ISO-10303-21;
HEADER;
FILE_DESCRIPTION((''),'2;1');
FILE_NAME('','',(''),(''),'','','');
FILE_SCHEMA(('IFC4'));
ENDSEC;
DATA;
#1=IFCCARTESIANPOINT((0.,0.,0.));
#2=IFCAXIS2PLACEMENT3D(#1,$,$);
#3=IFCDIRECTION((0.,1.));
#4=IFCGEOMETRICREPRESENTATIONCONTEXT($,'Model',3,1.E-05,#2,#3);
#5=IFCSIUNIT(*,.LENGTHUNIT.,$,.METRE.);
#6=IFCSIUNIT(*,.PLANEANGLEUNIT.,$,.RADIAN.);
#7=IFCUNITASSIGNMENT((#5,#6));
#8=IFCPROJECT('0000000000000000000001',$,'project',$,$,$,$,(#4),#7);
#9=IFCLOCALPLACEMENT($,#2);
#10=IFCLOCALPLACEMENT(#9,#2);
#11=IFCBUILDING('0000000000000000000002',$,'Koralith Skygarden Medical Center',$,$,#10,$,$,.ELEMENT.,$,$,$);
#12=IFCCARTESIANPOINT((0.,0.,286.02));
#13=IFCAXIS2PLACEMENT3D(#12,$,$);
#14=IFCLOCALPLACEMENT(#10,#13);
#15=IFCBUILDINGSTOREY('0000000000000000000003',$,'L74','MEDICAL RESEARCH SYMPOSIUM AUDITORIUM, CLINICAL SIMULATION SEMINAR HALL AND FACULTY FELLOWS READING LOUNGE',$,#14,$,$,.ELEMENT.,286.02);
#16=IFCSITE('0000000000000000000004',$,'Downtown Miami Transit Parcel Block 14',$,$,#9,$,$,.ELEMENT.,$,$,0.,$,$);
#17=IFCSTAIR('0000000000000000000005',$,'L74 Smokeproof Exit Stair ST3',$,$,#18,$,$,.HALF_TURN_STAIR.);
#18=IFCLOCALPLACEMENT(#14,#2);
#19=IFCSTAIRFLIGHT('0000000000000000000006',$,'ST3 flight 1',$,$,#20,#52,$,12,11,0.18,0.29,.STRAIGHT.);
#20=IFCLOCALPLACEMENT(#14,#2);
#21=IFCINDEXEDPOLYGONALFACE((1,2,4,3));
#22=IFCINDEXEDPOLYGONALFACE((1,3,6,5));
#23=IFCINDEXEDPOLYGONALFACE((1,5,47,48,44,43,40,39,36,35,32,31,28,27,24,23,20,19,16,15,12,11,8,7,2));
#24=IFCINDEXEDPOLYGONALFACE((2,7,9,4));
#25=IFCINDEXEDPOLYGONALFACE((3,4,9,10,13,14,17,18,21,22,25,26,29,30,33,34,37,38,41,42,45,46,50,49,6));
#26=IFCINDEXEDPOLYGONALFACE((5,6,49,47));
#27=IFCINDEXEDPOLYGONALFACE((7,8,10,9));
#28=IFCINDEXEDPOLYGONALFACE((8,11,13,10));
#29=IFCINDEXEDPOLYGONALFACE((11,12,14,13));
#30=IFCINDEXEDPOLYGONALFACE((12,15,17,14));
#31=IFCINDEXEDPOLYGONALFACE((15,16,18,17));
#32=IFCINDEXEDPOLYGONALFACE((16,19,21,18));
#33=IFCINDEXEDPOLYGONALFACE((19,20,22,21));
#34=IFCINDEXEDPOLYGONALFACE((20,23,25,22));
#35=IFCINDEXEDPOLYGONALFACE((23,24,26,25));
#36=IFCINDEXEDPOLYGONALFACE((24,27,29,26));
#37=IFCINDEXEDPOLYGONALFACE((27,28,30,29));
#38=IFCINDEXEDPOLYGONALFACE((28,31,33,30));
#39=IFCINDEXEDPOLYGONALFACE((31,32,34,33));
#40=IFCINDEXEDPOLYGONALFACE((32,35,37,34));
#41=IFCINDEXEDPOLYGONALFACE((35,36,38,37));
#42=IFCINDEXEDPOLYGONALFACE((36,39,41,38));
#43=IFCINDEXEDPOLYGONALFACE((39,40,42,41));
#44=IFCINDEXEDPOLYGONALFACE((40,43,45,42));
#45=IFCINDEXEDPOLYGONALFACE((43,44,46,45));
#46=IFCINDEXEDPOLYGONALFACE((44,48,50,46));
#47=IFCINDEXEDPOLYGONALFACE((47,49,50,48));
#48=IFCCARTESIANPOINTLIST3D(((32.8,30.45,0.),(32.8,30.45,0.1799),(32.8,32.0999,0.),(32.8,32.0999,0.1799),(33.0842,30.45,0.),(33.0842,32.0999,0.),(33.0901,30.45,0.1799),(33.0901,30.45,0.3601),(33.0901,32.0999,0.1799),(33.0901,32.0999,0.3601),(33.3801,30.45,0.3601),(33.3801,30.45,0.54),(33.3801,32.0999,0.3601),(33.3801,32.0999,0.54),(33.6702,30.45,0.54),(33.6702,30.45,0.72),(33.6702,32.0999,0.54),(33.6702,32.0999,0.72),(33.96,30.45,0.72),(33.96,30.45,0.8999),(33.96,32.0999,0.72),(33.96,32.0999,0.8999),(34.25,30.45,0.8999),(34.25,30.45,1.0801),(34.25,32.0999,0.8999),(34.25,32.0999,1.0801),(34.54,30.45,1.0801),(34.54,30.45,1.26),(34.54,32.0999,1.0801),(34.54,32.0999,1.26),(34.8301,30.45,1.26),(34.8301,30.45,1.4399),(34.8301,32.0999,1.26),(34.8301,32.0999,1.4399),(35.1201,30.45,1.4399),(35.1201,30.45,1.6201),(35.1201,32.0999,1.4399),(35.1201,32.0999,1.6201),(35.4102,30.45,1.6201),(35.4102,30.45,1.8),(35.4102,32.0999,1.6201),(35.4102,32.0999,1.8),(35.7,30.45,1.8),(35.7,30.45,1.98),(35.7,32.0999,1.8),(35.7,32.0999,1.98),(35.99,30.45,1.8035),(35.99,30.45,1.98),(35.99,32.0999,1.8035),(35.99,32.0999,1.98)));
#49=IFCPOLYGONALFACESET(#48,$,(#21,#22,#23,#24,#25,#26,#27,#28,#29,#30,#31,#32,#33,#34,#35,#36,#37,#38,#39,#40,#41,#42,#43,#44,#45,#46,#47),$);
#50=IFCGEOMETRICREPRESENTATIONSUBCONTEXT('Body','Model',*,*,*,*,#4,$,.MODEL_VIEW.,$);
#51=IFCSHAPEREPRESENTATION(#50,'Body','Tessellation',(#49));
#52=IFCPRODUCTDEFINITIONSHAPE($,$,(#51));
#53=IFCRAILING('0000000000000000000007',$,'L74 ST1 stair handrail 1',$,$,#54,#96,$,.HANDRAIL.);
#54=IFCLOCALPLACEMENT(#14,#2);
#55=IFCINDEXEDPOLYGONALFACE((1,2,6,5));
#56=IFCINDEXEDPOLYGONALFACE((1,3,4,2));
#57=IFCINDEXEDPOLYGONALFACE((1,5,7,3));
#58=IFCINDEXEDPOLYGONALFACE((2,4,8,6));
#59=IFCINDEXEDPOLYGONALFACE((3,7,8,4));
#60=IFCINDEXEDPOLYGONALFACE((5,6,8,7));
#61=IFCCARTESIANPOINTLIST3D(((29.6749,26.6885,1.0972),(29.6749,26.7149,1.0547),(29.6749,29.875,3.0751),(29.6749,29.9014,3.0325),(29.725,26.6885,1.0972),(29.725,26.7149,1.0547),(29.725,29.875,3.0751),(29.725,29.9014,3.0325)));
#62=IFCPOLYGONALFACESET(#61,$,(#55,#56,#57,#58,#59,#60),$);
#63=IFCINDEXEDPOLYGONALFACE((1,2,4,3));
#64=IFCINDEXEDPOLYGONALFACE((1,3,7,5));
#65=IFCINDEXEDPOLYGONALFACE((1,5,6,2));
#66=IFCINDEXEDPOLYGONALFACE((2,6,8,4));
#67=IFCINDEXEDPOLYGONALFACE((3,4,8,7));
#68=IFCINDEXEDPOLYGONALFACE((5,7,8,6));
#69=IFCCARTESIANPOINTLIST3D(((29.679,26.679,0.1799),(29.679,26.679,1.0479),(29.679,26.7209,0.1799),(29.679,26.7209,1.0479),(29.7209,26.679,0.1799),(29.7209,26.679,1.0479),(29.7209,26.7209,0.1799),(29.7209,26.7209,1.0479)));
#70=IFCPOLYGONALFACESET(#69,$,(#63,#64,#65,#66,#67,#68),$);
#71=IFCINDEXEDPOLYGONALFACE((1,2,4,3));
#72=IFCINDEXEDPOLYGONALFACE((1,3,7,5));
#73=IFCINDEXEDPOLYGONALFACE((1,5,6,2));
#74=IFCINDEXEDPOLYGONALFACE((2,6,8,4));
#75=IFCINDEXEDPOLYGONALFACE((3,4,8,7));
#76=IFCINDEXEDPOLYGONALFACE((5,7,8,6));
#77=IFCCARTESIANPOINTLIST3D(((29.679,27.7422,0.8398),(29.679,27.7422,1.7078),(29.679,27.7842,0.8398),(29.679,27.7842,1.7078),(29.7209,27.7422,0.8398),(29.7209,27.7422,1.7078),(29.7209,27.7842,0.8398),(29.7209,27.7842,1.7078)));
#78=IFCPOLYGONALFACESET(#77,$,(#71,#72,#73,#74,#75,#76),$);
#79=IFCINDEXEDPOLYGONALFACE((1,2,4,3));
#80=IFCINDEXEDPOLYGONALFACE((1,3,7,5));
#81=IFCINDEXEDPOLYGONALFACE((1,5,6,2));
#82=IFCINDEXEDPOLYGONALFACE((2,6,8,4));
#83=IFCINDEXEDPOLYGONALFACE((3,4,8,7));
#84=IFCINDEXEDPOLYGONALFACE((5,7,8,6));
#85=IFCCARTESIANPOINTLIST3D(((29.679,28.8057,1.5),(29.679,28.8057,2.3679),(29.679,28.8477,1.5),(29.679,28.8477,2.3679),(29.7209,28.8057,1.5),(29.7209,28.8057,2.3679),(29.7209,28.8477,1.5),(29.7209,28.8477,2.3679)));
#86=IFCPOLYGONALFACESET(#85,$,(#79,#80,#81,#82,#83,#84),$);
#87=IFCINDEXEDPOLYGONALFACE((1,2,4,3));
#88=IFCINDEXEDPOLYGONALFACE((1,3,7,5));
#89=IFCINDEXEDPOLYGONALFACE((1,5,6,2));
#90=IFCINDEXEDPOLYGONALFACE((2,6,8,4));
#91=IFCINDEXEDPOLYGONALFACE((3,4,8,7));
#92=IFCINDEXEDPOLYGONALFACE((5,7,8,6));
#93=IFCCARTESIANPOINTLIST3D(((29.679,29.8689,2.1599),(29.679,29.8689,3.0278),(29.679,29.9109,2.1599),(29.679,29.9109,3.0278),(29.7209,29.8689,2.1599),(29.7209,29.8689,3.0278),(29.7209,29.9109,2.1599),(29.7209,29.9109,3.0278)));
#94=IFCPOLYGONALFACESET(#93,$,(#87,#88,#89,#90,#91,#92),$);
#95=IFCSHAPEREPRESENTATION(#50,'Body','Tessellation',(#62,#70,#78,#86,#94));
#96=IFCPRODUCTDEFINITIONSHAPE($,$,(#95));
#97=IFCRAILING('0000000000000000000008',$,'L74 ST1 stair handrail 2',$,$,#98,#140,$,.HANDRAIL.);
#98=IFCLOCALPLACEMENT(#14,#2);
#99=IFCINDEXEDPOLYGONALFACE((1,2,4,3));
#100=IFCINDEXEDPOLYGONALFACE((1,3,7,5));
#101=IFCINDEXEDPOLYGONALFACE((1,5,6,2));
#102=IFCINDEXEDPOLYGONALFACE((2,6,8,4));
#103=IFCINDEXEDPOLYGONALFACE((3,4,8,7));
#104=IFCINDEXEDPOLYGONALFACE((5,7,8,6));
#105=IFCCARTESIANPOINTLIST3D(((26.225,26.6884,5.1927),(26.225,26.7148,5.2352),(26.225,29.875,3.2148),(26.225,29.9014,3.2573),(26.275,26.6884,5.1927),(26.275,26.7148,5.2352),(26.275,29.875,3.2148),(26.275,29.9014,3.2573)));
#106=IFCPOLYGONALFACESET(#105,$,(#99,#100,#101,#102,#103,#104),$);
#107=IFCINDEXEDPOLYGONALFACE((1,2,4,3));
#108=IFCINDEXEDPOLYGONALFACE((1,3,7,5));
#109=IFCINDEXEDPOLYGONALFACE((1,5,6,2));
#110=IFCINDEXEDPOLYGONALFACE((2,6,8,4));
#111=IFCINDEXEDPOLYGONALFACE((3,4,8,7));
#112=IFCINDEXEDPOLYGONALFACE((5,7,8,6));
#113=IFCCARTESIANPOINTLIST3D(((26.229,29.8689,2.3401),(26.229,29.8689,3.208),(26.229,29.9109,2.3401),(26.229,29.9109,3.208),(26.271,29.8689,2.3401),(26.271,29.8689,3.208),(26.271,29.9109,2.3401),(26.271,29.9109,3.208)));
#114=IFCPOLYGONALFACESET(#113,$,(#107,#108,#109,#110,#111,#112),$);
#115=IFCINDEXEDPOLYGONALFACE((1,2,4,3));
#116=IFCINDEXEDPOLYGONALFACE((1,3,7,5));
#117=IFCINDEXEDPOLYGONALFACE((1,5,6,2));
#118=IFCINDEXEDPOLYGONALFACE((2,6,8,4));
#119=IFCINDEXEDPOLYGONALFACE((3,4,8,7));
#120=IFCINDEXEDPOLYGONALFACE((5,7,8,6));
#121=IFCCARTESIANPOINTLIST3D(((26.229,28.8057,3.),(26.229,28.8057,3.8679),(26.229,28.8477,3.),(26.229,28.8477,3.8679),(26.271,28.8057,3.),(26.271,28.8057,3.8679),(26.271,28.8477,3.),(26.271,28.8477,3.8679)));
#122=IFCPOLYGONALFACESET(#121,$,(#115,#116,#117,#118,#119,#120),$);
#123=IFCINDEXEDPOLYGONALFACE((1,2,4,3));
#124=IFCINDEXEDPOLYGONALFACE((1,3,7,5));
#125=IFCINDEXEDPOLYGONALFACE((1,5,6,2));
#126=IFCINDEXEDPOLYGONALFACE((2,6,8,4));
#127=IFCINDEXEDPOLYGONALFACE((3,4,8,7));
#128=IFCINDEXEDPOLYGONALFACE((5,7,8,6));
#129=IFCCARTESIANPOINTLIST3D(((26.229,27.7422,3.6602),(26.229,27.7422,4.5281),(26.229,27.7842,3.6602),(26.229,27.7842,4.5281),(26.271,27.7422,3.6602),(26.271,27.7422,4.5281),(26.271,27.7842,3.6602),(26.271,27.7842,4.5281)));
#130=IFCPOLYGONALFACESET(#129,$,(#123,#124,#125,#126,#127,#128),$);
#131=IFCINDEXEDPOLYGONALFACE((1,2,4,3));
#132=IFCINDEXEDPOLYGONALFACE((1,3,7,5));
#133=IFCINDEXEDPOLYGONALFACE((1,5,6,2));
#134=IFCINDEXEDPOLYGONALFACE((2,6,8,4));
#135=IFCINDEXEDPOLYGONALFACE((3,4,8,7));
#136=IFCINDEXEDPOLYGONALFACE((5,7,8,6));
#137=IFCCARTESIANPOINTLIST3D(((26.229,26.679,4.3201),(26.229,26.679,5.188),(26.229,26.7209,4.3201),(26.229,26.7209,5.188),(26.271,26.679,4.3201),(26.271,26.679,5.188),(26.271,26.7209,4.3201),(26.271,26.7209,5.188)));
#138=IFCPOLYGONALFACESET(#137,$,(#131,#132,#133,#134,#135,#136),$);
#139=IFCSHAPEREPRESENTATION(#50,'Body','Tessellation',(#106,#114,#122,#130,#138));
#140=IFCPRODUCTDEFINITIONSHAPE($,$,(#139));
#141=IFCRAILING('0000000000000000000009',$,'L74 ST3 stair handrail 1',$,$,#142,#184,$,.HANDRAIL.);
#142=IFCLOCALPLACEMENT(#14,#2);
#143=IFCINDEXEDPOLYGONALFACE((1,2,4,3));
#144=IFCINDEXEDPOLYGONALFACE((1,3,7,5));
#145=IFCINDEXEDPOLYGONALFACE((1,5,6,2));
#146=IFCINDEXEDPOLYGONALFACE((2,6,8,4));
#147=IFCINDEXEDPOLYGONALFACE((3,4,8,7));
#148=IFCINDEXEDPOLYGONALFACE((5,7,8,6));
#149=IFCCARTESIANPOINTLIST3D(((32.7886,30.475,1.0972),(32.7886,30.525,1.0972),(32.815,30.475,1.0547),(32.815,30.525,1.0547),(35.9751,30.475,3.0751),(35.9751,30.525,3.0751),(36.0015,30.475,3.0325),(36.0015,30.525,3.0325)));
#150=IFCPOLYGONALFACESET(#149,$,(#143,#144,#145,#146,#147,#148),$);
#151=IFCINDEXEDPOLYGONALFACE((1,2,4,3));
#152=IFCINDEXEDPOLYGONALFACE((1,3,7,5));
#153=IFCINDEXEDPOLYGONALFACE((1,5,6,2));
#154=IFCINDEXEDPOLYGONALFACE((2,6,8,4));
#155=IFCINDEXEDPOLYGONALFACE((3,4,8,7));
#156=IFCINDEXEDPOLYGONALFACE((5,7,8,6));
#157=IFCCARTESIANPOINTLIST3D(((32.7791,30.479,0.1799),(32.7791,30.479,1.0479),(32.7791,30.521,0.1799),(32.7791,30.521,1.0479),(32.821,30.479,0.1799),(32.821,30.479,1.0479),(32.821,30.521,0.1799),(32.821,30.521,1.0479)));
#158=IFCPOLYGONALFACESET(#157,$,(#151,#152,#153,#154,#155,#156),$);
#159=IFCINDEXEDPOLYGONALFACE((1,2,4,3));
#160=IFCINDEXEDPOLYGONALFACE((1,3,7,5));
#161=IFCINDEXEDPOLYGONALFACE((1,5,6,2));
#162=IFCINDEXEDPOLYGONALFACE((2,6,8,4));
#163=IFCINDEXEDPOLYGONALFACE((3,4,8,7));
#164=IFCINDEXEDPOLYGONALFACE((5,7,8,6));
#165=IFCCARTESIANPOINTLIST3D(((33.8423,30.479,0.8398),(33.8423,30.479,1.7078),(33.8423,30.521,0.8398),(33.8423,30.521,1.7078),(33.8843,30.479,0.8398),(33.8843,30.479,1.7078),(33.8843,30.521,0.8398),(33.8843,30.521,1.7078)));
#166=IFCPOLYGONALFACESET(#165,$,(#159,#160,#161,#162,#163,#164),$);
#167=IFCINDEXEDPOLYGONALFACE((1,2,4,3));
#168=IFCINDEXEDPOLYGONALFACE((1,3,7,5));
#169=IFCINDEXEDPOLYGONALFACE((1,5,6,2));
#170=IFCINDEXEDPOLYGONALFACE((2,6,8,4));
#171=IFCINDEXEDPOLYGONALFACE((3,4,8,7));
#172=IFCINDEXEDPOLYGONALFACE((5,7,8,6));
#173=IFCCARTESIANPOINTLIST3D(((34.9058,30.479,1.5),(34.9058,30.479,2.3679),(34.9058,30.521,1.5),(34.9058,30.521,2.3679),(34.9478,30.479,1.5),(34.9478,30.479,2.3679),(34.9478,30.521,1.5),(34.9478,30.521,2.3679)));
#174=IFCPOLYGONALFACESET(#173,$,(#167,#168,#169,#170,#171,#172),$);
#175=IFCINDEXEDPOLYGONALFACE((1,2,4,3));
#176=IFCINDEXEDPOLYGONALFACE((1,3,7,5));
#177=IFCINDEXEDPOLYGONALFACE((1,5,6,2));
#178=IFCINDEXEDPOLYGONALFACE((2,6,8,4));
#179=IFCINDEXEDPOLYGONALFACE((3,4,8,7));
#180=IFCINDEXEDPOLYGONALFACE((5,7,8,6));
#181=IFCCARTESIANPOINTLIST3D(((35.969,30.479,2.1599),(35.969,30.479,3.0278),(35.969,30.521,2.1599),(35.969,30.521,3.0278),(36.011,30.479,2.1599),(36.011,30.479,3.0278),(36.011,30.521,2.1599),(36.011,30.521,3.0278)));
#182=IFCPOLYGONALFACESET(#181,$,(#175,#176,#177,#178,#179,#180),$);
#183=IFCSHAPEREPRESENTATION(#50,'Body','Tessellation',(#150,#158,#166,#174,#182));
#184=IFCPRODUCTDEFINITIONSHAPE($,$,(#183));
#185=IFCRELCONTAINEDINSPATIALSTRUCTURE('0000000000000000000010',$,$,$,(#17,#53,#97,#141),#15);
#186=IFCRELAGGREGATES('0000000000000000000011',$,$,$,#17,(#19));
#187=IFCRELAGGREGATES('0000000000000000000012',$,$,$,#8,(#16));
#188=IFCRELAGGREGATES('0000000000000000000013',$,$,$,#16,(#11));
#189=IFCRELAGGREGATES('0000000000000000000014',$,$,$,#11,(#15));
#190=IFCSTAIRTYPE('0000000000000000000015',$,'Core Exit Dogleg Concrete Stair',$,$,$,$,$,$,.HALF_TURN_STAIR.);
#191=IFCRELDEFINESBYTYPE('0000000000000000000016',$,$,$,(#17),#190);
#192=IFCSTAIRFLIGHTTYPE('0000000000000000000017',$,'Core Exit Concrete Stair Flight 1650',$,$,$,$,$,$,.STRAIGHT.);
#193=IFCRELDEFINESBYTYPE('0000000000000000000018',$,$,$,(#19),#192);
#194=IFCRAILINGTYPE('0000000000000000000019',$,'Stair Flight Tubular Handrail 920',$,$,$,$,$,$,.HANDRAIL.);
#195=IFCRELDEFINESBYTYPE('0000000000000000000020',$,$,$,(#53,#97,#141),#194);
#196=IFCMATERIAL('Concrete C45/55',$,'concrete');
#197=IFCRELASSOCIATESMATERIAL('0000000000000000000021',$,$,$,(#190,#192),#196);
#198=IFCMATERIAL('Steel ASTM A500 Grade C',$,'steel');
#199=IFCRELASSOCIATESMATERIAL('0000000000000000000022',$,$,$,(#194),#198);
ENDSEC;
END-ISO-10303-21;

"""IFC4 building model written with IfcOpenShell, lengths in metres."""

from ifc_helpers import new_model, si_unit, direction, frame, origin, origin_2d, place, context, subcontext, project, spatial, polyline, rectangle, outline, extrude, material, type_object, element, aggregate, save


model = new_model("IFC4")

# Units and contexts
model_context = context("Model", 3, precision=1e-05, world=origin(), true_north=direction((0.0, 1.0)))
body_context = subcontext(model_context, "Body", "Model", "MODEL_VIEW")
ifc_project = project(units=[si_unit("LENGTHUNIT", "METRE"), si_unit("PLANEANGLEUNIT", "RADIAN")], contexts=[model_context])

# Site, building, storey
site_placement = place(None, origin())
site = spatial("IfcSite", under=ifc_project, at=site_placement, Name="Downtown Miami Transit Parcel Block 14", CompositionType="ELEMENT", RefElevation=0.0)
building_placement = place(site_placement, origin())
building = spatial("IfcBuilding", under=site, at=building_placement, Name="Koralith Skygarden Medical Center", CompositionType="ELEMENT")
storey_placement = place(building_placement, frame((0.0, 0.0, 286.02)))
storey = spatial("IfcBuildingStorey", under=building, at=storey_placement, Name="L74", Description="MEDICAL RESEARCH SYMPOSIUM AUDITORIUM, CLINICAL SIMULATION SEMINAR HALL AND FACULTY FELLOWS READING LOUNGE", CompositionType="ELEMENT", Elevation=286.02)

# Shared definitions
ifc_material_1 = material(Name="Concrete C45/55", Category="concrete")

# Shared definitions
stair_type = type_object("IfcStairType", Name="Core Exit Dogleg Concrete Stair", PredefinedType="HALF_TURN_STAIR", material=ifc_material_1)
stair_flight_type = type_object("IfcStairFlightType", Name="Core Exit Concrete Stair Flight 1650", PredefinedType="STRAIGHT", material=ifc_material_1)

# Stair, stair flight
stair_1_placement = place(storey_placement, origin())
stair_1 = element("IfcStair", 1, at=stair_1_placement, inside=storey, type_object=stair_type, Name="L74 Smokeproof Exit Stair ST3", PredefinedType="HALF_TURN_STAIR")
stair_flight_1_placement = place(storey_placement, frame((32.8, 31.2749, 0.0), z_axis=(0.0, 0.0, 1.0), x_axis=(1.0, 0.0, 0.0)))
stair_flight_1 = element("IfcStairFlight", 2, at=stair_flight_1_placement, type_object=stair_flight_type, Name="ST3 flight 1", NumberOfRisers=12, NumberOfTreads=11, PredefinedType="STRAIGHT", RiserHeight=0.18, TreadLength=0.29, context=body_context, shape_type="SweptSolid", body=[
    extrude(outline(polyline([(0.0, 0.0), (0.0, 0.1799), (0.29, 0.1799), (0.29, 0.3601), (0.5801, 0.3601), (0.5801, 0.54), (0.8701, 0.54), (0.8701, 0.72), (1.1599, 0.72), (1.1599, 0.8999), (1.45, 0.8999), (1.45, 1.0801), (1.74, 1.0801), (1.74, 1.26), (2.03, 1.26), (2.03, 1.4399), (2.3201, 1.4399), (2.3201, 1.6201), (2.6101, 1.6201), (2.6101, 1.8), (2.8999, 1.8), (2.8999, 1.98), (3.1899, 1.98), (3.1899, 2.1599), (3.1899, 1.8035), (0.2842, 0.0), (0.0, 0.0)])), frame((0.0, 0.825, 0.0), z_axis=(0.0, -1.0, 0.0), x_axis=(1.0, 0.0, 0.0)), (0.0, 0.0, 1.0), 1.6499),
])
aggregate(stair_1, [stair_flight_1])

# Railings
ifc_material_2 = material(Name="Steel ASTM A500 Grade C", Category="steel")
railing_type_1 = type_object("IfcRailingType", Name="Stair Flight Tubular Handrail 920", PredefinedType="HANDRAIL", material=ifc_material_2)
railing_1_placement = place(storey_placement, frame((29.7, 26.7, 0.1799)))
element("IfcRailing", 3, at=railing_1_placement, inside=storey, type_object=railing_type_1, Name="L74 ST1 stair handrail 1", PredefinedType="HANDRAIL", context=body_context, shape_type="SweptSolid", body=[
    extrude(rectangle(XDim=0.05, YDim=0.05, at=origin_2d()), frame((0.0, 0.0017, 0.896), z_axis=(0.0, 0.849638, 0.527366), x_axis=(-1.0, 0.0, 0.0)), (0.0, 0.0, 1.0), 3.7505),
    extrude(rectangle(XDim=0.042, YDim=0.042, at=origin_2d()), origin(), (0.0, 0.0, 1.0), 0.8679),
    extrude(rectangle(XDim=0.042, YDim=0.042, at=origin_2d()), frame((0.0, 1.0632, 0.6599)), (0.0, 0.0, 1.0), 0.8679),
    extrude(rectangle(XDim=0.042, YDim=0.042, at=origin_2d()), frame((0.0, 2.1267, 1.3201)), (0.0, 0.0, 1.0), 0.8679),
    extrude(rectangle(XDim=0.042, YDim=0.042, at=origin_2d()), frame((0.0, 3.1899, 1.98)), (0.0, 0.0, 1.0), 0.8679),
])
railing_2_placement = place(storey_placement, frame((26.25, 29.8899, 2.3401)))
element("IfcRailing", 4, at=railing_2_placement, inside=storey, type_object=railing_type_1, Name="L74 ST1 stair handrail 2", PredefinedType="HANDRAIL", context=body_context, shape_type="SweptSolid", body=[
    extrude(rectangle(XDim=0.05, YDim=0.05, at=origin_2d()), frame((0.0, -0.0017, 0.896), z_axis=(0.0, -0.849638, 0.527366), x_axis=(1.0, 0.0, 0.0)), (0.0, 0.0, 1.0), 3.7505),
    extrude(rectangle(XDim=0.042, YDim=0.042, at=origin_2d()), origin(), (0.0, 0.0, 1.0), 0.8679),
    extrude(rectangle(XDim=0.042, YDim=0.042, at=origin_2d()), frame((0.0, -1.0632, 0.6599)), (0.0, 0.0, 1.0), 0.8679),
    extrude(rectangle(XDim=0.042, YDim=0.042, at=origin_2d()), frame((0.0, -2.1267, 1.3201)), (0.0, 0.0, 1.0), 0.8679),
    extrude(rectangle(XDim=0.042, YDim=0.042, at=origin_2d()), frame((0.0, -3.1899, 1.98)), (0.0, 0.0, 1.0), 0.8679),
])
railing_3_placement = place(storey_placement, frame((32.8, 30.5, 0.1799)))
element("IfcRailing", 5, at=railing_3_placement, inside=storey, type_object=railing_type_1, Name="L74 ST3 stair handrail 1", PredefinedType="HANDRAIL", context=body_context, shape_type="SweptSolid", body=[
    extrude(rectangle(XDim=0.05, YDim=0.05, at=origin_2d()), frame((0.0017, 0.0, 0.896), z_axis=(0.849638, 0.0, 0.527366), x_axis=(0.0, 1.0, 0.0)), (0.0, 0.0, 1.0), 3.7505),
    extrude(rectangle(XDim=0.042, YDim=0.042, at=origin_2d()), origin(), (0.0, 0.0, 1.0), 0.8679),
    extrude(rectangle(XDim=0.042, YDim=0.042, at=origin_2d()), frame((1.0632, 0.0, 0.6599)), (0.0, 0.0, 1.0), 0.8679),
    extrude(rectangle(XDim=0.042, YDim=0.042, at=origin_2d()), frame((2.1267, 0.0, 1.3201)), (0.0, 0.0, 1.0), 0.8679),
    extrude(rectangle(XDim=0.042, YDim=0.042, at=origin_2d()), frame((3.1899, 0.0, 1.98)), (0.0, 0.0, 1.0), 0.8679),
])

save(model, "model.ifc")
